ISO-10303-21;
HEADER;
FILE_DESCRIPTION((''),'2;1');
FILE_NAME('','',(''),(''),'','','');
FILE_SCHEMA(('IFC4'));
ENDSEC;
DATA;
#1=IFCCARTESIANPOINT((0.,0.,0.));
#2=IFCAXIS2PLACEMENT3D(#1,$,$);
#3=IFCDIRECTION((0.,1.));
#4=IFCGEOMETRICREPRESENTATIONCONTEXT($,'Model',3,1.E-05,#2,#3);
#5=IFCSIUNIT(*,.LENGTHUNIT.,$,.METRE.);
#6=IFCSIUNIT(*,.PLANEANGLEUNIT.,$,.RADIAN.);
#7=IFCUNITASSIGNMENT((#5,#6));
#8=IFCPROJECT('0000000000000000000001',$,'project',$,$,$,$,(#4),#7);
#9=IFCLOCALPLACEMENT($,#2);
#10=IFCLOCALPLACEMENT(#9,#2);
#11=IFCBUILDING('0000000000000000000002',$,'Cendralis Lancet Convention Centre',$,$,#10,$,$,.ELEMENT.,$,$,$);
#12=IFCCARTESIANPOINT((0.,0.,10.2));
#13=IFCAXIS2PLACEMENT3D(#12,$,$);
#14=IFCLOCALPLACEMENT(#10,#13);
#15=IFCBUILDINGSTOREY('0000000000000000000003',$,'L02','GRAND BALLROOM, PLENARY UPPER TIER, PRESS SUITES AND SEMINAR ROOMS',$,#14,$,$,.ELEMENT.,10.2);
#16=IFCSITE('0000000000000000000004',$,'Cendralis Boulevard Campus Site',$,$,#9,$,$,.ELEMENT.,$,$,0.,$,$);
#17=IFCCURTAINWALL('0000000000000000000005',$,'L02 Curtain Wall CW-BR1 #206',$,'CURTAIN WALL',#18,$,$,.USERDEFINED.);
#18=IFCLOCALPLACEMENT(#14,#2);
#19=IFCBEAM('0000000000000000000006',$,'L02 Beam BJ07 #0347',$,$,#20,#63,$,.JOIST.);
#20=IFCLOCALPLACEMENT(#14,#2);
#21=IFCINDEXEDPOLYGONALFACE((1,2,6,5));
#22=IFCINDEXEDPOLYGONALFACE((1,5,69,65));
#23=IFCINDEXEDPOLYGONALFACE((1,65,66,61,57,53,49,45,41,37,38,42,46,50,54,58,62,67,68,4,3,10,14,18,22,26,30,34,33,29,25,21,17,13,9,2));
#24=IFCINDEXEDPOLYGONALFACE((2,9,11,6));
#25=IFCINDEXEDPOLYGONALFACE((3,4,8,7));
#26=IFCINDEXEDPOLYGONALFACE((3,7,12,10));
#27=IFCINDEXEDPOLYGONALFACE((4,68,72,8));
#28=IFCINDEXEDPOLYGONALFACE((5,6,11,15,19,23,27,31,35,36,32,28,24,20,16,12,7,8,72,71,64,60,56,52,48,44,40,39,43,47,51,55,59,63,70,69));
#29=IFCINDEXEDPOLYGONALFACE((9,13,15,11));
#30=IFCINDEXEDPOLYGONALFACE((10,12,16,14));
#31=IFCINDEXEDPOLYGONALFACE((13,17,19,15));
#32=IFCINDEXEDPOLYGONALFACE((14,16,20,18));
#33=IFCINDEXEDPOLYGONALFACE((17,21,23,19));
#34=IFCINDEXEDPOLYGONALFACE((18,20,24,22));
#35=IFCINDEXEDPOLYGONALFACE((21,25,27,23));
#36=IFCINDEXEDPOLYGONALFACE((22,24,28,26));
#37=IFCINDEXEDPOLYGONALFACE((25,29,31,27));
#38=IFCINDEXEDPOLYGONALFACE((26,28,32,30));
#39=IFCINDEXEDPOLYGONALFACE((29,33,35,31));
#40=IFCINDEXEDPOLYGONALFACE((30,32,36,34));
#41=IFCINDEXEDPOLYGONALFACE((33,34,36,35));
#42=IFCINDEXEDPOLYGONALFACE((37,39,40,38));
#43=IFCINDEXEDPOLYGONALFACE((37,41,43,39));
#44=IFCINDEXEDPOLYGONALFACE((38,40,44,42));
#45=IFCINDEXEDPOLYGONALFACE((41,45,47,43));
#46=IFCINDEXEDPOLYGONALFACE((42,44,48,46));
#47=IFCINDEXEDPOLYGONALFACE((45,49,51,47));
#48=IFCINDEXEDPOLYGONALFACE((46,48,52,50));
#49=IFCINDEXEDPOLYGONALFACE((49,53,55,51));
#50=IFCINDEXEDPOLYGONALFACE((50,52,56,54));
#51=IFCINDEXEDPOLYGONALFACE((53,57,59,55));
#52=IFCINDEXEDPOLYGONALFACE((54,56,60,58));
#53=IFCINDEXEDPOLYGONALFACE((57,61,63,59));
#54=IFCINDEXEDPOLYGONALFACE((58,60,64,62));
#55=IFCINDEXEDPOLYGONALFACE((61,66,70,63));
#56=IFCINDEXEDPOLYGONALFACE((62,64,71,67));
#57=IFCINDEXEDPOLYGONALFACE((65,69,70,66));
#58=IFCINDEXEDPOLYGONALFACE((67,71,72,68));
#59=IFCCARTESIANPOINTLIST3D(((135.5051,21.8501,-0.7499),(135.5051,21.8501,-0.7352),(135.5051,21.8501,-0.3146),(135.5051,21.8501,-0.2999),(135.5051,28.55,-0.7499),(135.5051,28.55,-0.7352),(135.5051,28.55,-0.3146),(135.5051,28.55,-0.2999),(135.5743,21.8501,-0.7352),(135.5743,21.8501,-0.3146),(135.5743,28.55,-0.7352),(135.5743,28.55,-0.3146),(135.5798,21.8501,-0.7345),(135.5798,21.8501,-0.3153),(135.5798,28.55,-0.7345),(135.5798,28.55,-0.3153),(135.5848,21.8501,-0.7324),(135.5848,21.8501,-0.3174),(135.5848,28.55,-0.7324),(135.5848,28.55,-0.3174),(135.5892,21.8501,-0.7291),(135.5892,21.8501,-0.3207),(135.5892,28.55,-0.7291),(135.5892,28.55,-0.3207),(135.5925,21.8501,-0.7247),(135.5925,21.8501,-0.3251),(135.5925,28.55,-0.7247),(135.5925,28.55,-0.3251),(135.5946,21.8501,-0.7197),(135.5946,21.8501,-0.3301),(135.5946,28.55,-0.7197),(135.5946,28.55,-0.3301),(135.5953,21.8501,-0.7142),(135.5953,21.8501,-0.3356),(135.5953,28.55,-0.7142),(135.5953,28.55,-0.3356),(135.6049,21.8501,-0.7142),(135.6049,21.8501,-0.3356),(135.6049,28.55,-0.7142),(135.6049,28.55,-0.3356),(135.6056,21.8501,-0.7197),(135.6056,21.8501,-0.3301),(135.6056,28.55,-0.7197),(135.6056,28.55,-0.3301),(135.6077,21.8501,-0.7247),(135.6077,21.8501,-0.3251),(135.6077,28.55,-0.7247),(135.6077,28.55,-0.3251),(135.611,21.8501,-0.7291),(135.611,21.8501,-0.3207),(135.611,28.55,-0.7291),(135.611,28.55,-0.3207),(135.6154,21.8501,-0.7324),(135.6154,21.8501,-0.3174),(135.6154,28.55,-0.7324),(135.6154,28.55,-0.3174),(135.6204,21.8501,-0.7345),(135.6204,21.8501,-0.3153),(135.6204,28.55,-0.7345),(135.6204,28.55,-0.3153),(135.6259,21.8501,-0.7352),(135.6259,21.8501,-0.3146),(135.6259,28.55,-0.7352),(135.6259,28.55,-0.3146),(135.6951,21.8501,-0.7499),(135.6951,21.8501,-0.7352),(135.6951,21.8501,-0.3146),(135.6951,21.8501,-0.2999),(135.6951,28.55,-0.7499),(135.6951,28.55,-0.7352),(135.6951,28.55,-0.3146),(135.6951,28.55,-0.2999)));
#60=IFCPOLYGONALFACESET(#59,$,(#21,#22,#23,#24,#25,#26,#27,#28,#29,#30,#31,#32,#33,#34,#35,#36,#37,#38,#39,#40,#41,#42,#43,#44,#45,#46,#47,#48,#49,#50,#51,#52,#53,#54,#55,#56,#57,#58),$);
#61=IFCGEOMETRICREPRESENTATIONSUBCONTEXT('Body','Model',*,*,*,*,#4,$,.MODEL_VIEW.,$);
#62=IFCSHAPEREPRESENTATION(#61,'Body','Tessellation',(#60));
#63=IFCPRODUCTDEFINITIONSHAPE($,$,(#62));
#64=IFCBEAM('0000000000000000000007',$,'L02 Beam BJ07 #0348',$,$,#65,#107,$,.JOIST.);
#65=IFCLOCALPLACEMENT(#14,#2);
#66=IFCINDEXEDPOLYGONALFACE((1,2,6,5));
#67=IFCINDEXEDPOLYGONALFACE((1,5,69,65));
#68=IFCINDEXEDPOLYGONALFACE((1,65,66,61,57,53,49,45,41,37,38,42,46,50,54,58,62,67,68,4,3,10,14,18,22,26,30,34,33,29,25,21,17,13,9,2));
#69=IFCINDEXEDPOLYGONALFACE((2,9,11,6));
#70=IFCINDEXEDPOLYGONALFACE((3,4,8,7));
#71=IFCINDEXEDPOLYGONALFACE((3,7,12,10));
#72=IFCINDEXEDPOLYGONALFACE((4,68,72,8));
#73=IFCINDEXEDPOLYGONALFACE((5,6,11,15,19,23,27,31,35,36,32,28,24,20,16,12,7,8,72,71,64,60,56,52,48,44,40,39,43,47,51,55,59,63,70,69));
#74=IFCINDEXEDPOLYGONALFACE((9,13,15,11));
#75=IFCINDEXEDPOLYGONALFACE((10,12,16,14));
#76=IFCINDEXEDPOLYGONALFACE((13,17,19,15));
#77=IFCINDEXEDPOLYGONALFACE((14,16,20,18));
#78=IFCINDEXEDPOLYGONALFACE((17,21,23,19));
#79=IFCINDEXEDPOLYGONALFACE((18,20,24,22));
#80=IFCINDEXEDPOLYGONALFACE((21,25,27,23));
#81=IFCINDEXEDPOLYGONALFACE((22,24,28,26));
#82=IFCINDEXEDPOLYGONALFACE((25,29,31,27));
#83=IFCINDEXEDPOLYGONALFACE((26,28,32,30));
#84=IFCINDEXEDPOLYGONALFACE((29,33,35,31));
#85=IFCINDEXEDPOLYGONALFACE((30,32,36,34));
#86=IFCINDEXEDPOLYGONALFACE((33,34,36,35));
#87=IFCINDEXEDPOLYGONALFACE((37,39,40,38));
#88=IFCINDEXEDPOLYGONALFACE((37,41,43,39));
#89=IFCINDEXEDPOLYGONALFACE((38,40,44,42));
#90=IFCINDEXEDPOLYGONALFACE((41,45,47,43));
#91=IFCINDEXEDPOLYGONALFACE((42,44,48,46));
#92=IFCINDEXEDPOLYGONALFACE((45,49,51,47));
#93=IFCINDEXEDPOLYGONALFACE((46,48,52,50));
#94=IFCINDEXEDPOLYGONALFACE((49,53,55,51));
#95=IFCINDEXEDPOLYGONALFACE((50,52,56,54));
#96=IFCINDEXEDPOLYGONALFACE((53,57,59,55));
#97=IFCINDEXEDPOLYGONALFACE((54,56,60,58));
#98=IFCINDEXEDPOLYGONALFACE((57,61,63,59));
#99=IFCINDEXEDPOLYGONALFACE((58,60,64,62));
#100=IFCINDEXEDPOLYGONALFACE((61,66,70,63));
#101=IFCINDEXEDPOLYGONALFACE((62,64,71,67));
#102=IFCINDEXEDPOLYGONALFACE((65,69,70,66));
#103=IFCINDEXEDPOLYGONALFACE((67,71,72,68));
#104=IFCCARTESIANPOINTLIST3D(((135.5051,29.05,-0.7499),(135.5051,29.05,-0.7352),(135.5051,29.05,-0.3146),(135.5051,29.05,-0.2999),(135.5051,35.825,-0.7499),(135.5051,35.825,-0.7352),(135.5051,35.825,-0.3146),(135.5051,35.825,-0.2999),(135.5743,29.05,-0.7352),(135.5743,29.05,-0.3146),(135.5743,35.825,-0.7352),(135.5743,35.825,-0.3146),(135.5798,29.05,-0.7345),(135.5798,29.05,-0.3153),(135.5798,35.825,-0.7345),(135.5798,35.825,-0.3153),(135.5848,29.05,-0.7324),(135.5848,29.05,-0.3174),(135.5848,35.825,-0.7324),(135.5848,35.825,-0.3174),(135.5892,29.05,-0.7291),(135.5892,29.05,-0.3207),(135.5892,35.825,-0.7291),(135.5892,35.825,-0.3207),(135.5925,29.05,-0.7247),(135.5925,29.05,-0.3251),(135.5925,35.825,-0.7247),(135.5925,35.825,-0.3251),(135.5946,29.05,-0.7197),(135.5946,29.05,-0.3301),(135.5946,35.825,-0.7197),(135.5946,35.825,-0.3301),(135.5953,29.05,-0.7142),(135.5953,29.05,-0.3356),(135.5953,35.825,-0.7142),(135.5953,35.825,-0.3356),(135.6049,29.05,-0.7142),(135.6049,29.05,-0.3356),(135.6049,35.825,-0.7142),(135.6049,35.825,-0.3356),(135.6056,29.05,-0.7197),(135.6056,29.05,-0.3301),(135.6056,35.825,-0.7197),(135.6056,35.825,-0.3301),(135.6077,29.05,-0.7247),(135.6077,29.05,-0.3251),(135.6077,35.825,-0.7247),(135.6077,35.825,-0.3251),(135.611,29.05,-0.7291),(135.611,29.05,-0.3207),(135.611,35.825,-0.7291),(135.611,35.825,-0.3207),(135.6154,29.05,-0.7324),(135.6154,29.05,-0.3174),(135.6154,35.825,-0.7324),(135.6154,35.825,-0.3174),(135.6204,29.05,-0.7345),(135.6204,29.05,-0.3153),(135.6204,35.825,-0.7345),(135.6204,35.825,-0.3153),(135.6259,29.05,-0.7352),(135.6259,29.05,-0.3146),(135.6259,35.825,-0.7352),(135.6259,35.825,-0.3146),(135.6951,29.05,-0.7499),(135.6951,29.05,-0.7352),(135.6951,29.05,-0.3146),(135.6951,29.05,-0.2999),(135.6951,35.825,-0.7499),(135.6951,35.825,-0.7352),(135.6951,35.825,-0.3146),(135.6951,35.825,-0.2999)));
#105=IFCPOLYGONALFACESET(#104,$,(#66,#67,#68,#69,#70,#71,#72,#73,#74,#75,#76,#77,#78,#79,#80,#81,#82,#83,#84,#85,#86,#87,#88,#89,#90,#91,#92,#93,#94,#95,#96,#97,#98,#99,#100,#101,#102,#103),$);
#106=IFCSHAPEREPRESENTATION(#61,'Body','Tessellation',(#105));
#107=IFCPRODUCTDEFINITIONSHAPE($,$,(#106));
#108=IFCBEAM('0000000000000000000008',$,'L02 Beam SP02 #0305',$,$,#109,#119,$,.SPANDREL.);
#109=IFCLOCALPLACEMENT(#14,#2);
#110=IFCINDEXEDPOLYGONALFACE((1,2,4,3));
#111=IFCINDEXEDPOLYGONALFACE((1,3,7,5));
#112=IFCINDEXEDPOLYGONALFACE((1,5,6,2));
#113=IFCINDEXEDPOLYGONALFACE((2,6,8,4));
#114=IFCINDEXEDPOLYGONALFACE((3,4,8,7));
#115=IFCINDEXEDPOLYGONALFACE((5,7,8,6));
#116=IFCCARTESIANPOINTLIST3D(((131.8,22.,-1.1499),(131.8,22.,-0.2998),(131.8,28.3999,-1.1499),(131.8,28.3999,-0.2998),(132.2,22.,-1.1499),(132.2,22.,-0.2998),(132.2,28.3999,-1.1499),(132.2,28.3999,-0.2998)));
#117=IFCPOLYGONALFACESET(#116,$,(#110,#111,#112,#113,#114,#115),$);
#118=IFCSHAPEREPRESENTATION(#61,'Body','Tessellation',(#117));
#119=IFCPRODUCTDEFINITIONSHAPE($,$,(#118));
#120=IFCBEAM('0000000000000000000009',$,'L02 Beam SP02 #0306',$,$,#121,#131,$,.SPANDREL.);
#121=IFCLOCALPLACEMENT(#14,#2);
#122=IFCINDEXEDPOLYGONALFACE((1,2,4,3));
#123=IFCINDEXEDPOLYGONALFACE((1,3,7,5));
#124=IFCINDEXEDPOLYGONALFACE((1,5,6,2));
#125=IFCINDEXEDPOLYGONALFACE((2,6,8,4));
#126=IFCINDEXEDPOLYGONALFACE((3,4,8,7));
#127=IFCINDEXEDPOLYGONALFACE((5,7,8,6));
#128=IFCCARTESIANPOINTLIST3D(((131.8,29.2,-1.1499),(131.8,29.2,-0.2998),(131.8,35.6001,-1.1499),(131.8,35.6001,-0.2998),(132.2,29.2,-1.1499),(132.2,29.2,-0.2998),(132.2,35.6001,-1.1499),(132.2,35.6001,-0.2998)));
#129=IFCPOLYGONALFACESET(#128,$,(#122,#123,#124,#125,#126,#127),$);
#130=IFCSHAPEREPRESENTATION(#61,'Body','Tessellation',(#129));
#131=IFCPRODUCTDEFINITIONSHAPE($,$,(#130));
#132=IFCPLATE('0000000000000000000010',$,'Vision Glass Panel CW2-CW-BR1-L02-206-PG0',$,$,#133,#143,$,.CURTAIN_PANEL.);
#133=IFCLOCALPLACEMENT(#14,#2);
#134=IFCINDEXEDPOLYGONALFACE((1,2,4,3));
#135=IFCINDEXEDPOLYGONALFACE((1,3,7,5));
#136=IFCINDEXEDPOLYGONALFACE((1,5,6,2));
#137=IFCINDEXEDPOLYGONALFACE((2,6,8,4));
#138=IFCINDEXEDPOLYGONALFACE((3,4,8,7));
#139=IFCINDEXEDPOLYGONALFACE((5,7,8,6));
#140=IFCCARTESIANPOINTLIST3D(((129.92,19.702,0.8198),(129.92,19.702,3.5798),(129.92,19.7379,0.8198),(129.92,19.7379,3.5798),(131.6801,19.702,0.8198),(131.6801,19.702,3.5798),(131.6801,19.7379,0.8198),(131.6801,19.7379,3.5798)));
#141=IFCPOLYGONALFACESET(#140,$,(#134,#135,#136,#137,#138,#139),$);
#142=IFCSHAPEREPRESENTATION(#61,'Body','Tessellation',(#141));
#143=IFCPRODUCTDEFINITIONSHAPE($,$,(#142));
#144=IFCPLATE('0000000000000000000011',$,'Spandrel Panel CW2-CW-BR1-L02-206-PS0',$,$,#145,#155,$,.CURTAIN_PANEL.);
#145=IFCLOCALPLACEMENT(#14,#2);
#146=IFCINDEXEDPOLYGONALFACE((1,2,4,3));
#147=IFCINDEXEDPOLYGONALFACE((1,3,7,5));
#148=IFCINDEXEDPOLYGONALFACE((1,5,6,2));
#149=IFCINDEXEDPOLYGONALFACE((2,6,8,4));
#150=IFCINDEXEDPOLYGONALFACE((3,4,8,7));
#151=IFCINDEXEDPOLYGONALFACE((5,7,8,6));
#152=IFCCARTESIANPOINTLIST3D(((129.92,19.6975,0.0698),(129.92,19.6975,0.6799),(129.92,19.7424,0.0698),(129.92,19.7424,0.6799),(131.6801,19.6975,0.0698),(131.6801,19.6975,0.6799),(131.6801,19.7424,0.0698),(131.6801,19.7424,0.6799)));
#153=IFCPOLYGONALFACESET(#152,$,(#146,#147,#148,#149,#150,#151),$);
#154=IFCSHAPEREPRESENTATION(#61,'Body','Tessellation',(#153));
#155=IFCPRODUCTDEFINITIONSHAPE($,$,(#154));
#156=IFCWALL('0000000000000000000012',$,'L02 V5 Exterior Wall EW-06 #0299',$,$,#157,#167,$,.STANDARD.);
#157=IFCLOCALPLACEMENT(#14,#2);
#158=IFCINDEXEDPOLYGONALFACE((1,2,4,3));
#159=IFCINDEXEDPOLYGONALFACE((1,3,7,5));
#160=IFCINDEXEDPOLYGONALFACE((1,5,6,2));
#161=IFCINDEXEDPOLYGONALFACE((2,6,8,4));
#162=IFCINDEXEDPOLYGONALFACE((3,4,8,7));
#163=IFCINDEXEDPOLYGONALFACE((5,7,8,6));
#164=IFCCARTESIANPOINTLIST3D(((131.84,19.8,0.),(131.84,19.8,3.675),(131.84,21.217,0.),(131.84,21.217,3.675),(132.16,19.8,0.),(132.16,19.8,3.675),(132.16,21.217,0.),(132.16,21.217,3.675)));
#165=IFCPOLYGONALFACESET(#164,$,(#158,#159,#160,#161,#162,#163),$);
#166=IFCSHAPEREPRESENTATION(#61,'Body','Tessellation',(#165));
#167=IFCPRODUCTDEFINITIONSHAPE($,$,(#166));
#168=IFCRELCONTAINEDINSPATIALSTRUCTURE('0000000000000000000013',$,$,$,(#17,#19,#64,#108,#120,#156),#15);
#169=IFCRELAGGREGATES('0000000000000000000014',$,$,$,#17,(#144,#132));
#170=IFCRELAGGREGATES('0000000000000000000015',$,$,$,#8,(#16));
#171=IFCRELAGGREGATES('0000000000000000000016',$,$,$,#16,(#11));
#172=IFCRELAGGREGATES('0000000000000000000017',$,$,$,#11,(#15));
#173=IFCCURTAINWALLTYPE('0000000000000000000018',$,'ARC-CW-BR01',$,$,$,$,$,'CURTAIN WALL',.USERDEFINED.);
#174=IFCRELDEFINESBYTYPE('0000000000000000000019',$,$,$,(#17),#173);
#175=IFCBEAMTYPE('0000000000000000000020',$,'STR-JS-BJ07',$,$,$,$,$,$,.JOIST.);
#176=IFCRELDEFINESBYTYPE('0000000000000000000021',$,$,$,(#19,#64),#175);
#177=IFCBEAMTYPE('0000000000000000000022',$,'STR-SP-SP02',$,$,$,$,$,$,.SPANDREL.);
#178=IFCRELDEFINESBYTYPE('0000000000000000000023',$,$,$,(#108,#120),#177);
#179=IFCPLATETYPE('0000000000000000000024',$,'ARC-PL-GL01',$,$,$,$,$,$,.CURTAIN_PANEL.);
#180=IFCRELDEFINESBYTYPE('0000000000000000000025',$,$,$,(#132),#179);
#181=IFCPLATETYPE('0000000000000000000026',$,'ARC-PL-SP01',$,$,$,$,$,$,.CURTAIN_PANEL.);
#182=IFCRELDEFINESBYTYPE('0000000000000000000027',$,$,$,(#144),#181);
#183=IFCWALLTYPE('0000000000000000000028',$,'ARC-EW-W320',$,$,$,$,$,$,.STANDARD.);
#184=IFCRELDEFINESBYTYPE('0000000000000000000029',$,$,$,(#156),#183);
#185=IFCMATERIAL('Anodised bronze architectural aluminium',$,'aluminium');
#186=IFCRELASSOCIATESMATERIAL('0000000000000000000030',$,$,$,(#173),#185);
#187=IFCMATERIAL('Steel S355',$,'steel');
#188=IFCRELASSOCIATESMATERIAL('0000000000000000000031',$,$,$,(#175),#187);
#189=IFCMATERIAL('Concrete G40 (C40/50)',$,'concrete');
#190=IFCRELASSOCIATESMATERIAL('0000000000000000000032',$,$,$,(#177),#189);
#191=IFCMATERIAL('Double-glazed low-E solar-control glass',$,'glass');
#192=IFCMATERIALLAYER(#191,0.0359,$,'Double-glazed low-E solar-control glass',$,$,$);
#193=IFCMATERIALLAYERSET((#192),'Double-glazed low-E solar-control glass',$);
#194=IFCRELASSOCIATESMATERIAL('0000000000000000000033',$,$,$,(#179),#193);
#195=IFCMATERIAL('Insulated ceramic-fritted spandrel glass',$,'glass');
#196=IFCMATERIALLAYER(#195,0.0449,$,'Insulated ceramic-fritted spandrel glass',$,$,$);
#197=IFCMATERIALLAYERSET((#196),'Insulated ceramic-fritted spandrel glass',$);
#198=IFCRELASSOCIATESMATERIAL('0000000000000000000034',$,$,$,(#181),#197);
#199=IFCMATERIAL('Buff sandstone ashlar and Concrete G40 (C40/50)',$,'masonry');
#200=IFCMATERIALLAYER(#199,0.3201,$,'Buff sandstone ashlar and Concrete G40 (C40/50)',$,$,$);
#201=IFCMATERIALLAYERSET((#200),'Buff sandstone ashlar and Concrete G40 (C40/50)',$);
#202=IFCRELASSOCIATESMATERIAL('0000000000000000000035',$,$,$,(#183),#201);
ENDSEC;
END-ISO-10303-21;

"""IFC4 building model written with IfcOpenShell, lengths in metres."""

from ifc_helpers import new_model, si_unit, direction, frame, frame_2d, origin, origin_2d, place, context, subcontext, project, spatial, rectangle, i_section, extrude, material, layer, layer_set, material_profile, profile_set, type_object, element, aggregate, save


model = new_model("IFC4")

# Units and contexts
model_context = context("Model", 3, precision=1e-05, world=origin(), true_north=direction((0.0, 1.0)))
body_context = subcontext(model_context, "Body", "Model", "MODEL_VIEW")
ifc_project = project(units=[si_unit("LENGTHUNIT", "METRE"), si_unit("PLANEANGLEUNIT", "RADIAN")], contexts=[model_context])

# Site, building, storey
site_placement = place(None, origin())
site = spatial("IfcSite", under=ifc_project, at=site_placement, Name="Cendralis Boulevard Campus Site", CompositionType="ELEMENT", RefElevation=0.0)
building_placement = place(site_placement, origin())
building = spatial("IfcBuilding", under=site, at=building_placement, Name="Cendralis Lancet Convention Centre", CompositionType="ELEMENT")
storey_placement = place(building_placement, frame((0.0, 0.0, 10.2)))
storey = spatial("IfcBuildingStorey", under=building, at=storey_placement, Name="L02", Description="GRAND BALLROOM, PLENARY UPPER TIER, PRESS SUITES AND SEMINAR ROOMS", CompositionType="ELEMENT", Elevation=10.2)

# Shared definitions
ifc_material_1 = material(Name="Concrete G40 (C40/50)", Category="concrete")

# Curtain wall
ifc_material_2 = material(Name="Anodised bronze architectural aluminium", Category="aluminium")
curtain_wall_type = type_object("IfcCurtainWallType", Name="ARC-CW-BR01", ElementType="CURTAIN WALL", PredefinedType="USERDEFINED", material=ifc_material_2)
curtain_wall_1_placement = place(storey_placement, origin())
curtain_wall_1 = element("IfcCurtainWall", 1, at=curtain_wall_1_placement, inside=storey, type_object=curtain_wall_type, Name="L02 Curtain Wall CW-BR1 #206", ObjectType="CURTAIN WALL", PredefinedType="USERDEFINED")

# Beams
ifc_material_3 = material(Name="Steel S355", Category="steel")
ifc_material_profile_1 = material_profile(ifc_material_3, i_section(OverallWidth=0.1899, OverallDepth=0.45, WebThickness=0.0095, FlangeThickness=0.0146, FilletRadius=0.021, at=origin_2d()), Name="IPE 450")
ifc_profile_set_1 = profile_set([ifc_material_profile_1], Name="Steel S355")
beam_type_1 = type_object("IfcBeamType", Name="STR-JS-BJ07", PredefinedType="JOIST", material=ifc_profile_set_1)
beam_1_placement = place(storey_placement, frame((135.6001, 21.8501, -0.5249), z_axis=(0.0, 1.0, 0.0), x_axis=(-1.0, 0.0, 0.0)))
element("IfcBeam", 2, at=beam_1_placement, inside=storey, type_object=beam_type_1, Name="L02 Beam BJ07 #0347", PredefinedType="JOIST", context=body_context, shape_type="SweptSolid", body=[
    extrude(i_section(OverallWidth=0.1899, OverallDepth=0.45, WebThickness=0.0095, FlangeThickness=0.0146, FilletRadius=0.021, at=origin_2d()), origin(), (0.0, 0.0, 1.0), 6.7),
])
beam_2_placement = place(storey_placement, frame((135.6001, 29.05, -0.5249), z_axis=(0.0, 1.0, 0.0), x_axis=(-1.0, 0.0, 0.0)))
element("IfcBeam", 3, at=beam_2_placement, inside=storey, type_object=beam_type_1, Name="L02 Beam BJ07 #0348", PredefinedType="JOIST", context=body_context, shape_type="SweptSolid", body=[
    extrude(i_section(OverallWidth=0.1899, OverallDepth=0.45, WebThickness=0.0095, FlangeThickness=0.0146, FilletRadius=0.021, at=origin_2d()), origin(), (0.0, 0.0, 1.0), 6.7749),
])
ifc_material_profile_2 = material_profile(ifc_material_1, rectangle(XDim=0.3999, YDim=0.8501, at=origin_2d()), Name="RCB 400x850")
ifc_profile_set_2 = profile_set([ifc_material_profile_2], Name="Concrete G40 (C40/50)")
beam_type_2 = type_object("IfcBeamType", Name="STR-SP-SP02", PredefinedType="SPANDREL", material=ifc_profile_set_2)
beam_3_placement = place(storey_placement, frame((132.0, 22.0, -0.7249), z_axis=(0.0, 1.0, 0.0), x_axis=(-1.0, 0.0, 0.0)))
element("IfcBeam", 4, at=beam_3_placement, inside=storey, type_object=beam_type_2, Name="L02 Beam SP02 #0305", PredefinedType="SPANDREL", context=body_context, shape_type="SweptSolid", body=[
    extrude(rectangle(XDim=0.3999, YDim=0.8501, at=origin_2d()), origin(), (0.0, 0.0, 1.0), 6.3999),
])
beam_4_placement = place(storey_placement, frame((132.0, 29.2, -0.7249), z_axis=(0.0, 1.0, 0.0), x_axis=(-1.0, 0.0, 0.0)))
element("IfcBeam", 5, at=beam_4_placement, inside=storey, type_object=beam_type_2, Name="L02 Beam SP02 #0306", PredefinedType="SPANDREL", context=body_context, shape_type="SweptSolid", body=[
    extrude(rectangle(XDim=0.3999, YDim=0.8501, at=origin_2d()), origin(), (0.0, 0.0, 1.0), 6.4001),
])

# Plates
ifc_material_4 = material(Name="Double-glazed low-E solar-control glass", Category="glass")
ifc_layer_1 = layer(ifc_material_4, 0.0359, Name="Double-glazed low-E solar-control glass")
ifc_layer_set_1 = layer_set([ifc_layer_1], Name="Double-glazed low-E solar-control glass")
plate_type_1 = type_object("IfcPlateType", Name="ARC-PL-GL01", PredefinedType="CURTAIN_PANEL", material=ifc_layer_set_1)
plate_1_placement = place(storey_placement, frame((130.8, 19.72, 0.8198), z_axis=(0.0, 0.0, 1.0), x_axis=(1.0, 0.0, 0.0)))
plate_1 = element("IfcPlate", 6, at=plate_1_placement, type_object=plate_type_1, Name="Vision Glass Panel CW2-CW-BR1-L02-206-PG0", PredefinedType="CURTAIN_PANEL", context=body_context, shape_type="SweptSolid", body=[
    extrude(rectangle(XDim=1.76, YDim=0.0359, at=origin_2d()), origin(), (0.0, 0.0, 1.0), 2.76),
])
ifc_material_5 = material(Name="Insulated ceramic-fritted spandrel glass", Category="glass")
ifc_layer_2 = layer(ifc_material_5, 0.0449, Name="Insulated ceramic-fritted spandrel glass")
ifc_layer_set_2 = layer_set([ifc_layer_2], Name="Insulated ceramic-fritted spandrel glass")
plate_type_2 = type_object("IfcPlateType", Name="ARC-PL-SP01", PredefinedType="CURTAIN_PANEL", material=ifc_layer_set_2)
plate_2_placement = place(storey_placement, frame((130.8, 19.72, 0.0698), z_axis=(0.0, 0.0, 1.0), x_axis=(1.0, 0.0, 0.0)))
plate_2 = element("IfcPlate", 7, at=plate_2_placement, type_object=plate_type_2, Name="Spandrel Panel CW2-CW-BR1-L02-206-PS0", PredefinedType="CURTAIN_PANEL", context=body_context, shape_type="SweptSolid", body=[
    extrude(rectangle(XDim=1.76, YDim=0.0449, at=origin_2d()), origin(), (0.0, 0.0, 1.0), 0.6101),
])
aggregate(curtain_wall_1, [plate_2, plate_1])

# Wall
ifc_material_6 = material(Name="Buff sandstone ashlar and Concrete G40 (C40/50)", Category="masonry")
ifc_layer_3 = layer(ifc_material_6, 0.3201, Name="Buff sandstone ashlar and Concrete G40 (C40/50)")
ifc_layer_set_3 = layer_set([ifc_layer_3], Name="Buff sandstone ashlar and Concrete G40 (C40/50)")
wall_type_1 = type_object("IfcWallType", Name="ARC-EW-W320", PredefinedType="STANDARD", material=ifc_layer_set_3)
wall_1_placement = place(storey_placement, frame((132.0, 19.8, 0.0), z_axis=(0.0, 0.0, 1.0), x_axis=(0.0, 1.0, 0.0)))
element("IfcWall", 8, at=wall_1_placement, inside=storey, type_object=wall_type_1, Name="L02 V5 Exterior Wall EW-06 #0299", PredefinedType="STANDARD", context=body_context, shape_type="SweptSolid", body=[
    extrude(rectangle(XDim=1.417, YDim=0.3201, at=frame_2d((0.7085, 0.0))), origin(), (0.0, 0.0, 1.0), 3.675),
])

save(model, "model.ifc")
